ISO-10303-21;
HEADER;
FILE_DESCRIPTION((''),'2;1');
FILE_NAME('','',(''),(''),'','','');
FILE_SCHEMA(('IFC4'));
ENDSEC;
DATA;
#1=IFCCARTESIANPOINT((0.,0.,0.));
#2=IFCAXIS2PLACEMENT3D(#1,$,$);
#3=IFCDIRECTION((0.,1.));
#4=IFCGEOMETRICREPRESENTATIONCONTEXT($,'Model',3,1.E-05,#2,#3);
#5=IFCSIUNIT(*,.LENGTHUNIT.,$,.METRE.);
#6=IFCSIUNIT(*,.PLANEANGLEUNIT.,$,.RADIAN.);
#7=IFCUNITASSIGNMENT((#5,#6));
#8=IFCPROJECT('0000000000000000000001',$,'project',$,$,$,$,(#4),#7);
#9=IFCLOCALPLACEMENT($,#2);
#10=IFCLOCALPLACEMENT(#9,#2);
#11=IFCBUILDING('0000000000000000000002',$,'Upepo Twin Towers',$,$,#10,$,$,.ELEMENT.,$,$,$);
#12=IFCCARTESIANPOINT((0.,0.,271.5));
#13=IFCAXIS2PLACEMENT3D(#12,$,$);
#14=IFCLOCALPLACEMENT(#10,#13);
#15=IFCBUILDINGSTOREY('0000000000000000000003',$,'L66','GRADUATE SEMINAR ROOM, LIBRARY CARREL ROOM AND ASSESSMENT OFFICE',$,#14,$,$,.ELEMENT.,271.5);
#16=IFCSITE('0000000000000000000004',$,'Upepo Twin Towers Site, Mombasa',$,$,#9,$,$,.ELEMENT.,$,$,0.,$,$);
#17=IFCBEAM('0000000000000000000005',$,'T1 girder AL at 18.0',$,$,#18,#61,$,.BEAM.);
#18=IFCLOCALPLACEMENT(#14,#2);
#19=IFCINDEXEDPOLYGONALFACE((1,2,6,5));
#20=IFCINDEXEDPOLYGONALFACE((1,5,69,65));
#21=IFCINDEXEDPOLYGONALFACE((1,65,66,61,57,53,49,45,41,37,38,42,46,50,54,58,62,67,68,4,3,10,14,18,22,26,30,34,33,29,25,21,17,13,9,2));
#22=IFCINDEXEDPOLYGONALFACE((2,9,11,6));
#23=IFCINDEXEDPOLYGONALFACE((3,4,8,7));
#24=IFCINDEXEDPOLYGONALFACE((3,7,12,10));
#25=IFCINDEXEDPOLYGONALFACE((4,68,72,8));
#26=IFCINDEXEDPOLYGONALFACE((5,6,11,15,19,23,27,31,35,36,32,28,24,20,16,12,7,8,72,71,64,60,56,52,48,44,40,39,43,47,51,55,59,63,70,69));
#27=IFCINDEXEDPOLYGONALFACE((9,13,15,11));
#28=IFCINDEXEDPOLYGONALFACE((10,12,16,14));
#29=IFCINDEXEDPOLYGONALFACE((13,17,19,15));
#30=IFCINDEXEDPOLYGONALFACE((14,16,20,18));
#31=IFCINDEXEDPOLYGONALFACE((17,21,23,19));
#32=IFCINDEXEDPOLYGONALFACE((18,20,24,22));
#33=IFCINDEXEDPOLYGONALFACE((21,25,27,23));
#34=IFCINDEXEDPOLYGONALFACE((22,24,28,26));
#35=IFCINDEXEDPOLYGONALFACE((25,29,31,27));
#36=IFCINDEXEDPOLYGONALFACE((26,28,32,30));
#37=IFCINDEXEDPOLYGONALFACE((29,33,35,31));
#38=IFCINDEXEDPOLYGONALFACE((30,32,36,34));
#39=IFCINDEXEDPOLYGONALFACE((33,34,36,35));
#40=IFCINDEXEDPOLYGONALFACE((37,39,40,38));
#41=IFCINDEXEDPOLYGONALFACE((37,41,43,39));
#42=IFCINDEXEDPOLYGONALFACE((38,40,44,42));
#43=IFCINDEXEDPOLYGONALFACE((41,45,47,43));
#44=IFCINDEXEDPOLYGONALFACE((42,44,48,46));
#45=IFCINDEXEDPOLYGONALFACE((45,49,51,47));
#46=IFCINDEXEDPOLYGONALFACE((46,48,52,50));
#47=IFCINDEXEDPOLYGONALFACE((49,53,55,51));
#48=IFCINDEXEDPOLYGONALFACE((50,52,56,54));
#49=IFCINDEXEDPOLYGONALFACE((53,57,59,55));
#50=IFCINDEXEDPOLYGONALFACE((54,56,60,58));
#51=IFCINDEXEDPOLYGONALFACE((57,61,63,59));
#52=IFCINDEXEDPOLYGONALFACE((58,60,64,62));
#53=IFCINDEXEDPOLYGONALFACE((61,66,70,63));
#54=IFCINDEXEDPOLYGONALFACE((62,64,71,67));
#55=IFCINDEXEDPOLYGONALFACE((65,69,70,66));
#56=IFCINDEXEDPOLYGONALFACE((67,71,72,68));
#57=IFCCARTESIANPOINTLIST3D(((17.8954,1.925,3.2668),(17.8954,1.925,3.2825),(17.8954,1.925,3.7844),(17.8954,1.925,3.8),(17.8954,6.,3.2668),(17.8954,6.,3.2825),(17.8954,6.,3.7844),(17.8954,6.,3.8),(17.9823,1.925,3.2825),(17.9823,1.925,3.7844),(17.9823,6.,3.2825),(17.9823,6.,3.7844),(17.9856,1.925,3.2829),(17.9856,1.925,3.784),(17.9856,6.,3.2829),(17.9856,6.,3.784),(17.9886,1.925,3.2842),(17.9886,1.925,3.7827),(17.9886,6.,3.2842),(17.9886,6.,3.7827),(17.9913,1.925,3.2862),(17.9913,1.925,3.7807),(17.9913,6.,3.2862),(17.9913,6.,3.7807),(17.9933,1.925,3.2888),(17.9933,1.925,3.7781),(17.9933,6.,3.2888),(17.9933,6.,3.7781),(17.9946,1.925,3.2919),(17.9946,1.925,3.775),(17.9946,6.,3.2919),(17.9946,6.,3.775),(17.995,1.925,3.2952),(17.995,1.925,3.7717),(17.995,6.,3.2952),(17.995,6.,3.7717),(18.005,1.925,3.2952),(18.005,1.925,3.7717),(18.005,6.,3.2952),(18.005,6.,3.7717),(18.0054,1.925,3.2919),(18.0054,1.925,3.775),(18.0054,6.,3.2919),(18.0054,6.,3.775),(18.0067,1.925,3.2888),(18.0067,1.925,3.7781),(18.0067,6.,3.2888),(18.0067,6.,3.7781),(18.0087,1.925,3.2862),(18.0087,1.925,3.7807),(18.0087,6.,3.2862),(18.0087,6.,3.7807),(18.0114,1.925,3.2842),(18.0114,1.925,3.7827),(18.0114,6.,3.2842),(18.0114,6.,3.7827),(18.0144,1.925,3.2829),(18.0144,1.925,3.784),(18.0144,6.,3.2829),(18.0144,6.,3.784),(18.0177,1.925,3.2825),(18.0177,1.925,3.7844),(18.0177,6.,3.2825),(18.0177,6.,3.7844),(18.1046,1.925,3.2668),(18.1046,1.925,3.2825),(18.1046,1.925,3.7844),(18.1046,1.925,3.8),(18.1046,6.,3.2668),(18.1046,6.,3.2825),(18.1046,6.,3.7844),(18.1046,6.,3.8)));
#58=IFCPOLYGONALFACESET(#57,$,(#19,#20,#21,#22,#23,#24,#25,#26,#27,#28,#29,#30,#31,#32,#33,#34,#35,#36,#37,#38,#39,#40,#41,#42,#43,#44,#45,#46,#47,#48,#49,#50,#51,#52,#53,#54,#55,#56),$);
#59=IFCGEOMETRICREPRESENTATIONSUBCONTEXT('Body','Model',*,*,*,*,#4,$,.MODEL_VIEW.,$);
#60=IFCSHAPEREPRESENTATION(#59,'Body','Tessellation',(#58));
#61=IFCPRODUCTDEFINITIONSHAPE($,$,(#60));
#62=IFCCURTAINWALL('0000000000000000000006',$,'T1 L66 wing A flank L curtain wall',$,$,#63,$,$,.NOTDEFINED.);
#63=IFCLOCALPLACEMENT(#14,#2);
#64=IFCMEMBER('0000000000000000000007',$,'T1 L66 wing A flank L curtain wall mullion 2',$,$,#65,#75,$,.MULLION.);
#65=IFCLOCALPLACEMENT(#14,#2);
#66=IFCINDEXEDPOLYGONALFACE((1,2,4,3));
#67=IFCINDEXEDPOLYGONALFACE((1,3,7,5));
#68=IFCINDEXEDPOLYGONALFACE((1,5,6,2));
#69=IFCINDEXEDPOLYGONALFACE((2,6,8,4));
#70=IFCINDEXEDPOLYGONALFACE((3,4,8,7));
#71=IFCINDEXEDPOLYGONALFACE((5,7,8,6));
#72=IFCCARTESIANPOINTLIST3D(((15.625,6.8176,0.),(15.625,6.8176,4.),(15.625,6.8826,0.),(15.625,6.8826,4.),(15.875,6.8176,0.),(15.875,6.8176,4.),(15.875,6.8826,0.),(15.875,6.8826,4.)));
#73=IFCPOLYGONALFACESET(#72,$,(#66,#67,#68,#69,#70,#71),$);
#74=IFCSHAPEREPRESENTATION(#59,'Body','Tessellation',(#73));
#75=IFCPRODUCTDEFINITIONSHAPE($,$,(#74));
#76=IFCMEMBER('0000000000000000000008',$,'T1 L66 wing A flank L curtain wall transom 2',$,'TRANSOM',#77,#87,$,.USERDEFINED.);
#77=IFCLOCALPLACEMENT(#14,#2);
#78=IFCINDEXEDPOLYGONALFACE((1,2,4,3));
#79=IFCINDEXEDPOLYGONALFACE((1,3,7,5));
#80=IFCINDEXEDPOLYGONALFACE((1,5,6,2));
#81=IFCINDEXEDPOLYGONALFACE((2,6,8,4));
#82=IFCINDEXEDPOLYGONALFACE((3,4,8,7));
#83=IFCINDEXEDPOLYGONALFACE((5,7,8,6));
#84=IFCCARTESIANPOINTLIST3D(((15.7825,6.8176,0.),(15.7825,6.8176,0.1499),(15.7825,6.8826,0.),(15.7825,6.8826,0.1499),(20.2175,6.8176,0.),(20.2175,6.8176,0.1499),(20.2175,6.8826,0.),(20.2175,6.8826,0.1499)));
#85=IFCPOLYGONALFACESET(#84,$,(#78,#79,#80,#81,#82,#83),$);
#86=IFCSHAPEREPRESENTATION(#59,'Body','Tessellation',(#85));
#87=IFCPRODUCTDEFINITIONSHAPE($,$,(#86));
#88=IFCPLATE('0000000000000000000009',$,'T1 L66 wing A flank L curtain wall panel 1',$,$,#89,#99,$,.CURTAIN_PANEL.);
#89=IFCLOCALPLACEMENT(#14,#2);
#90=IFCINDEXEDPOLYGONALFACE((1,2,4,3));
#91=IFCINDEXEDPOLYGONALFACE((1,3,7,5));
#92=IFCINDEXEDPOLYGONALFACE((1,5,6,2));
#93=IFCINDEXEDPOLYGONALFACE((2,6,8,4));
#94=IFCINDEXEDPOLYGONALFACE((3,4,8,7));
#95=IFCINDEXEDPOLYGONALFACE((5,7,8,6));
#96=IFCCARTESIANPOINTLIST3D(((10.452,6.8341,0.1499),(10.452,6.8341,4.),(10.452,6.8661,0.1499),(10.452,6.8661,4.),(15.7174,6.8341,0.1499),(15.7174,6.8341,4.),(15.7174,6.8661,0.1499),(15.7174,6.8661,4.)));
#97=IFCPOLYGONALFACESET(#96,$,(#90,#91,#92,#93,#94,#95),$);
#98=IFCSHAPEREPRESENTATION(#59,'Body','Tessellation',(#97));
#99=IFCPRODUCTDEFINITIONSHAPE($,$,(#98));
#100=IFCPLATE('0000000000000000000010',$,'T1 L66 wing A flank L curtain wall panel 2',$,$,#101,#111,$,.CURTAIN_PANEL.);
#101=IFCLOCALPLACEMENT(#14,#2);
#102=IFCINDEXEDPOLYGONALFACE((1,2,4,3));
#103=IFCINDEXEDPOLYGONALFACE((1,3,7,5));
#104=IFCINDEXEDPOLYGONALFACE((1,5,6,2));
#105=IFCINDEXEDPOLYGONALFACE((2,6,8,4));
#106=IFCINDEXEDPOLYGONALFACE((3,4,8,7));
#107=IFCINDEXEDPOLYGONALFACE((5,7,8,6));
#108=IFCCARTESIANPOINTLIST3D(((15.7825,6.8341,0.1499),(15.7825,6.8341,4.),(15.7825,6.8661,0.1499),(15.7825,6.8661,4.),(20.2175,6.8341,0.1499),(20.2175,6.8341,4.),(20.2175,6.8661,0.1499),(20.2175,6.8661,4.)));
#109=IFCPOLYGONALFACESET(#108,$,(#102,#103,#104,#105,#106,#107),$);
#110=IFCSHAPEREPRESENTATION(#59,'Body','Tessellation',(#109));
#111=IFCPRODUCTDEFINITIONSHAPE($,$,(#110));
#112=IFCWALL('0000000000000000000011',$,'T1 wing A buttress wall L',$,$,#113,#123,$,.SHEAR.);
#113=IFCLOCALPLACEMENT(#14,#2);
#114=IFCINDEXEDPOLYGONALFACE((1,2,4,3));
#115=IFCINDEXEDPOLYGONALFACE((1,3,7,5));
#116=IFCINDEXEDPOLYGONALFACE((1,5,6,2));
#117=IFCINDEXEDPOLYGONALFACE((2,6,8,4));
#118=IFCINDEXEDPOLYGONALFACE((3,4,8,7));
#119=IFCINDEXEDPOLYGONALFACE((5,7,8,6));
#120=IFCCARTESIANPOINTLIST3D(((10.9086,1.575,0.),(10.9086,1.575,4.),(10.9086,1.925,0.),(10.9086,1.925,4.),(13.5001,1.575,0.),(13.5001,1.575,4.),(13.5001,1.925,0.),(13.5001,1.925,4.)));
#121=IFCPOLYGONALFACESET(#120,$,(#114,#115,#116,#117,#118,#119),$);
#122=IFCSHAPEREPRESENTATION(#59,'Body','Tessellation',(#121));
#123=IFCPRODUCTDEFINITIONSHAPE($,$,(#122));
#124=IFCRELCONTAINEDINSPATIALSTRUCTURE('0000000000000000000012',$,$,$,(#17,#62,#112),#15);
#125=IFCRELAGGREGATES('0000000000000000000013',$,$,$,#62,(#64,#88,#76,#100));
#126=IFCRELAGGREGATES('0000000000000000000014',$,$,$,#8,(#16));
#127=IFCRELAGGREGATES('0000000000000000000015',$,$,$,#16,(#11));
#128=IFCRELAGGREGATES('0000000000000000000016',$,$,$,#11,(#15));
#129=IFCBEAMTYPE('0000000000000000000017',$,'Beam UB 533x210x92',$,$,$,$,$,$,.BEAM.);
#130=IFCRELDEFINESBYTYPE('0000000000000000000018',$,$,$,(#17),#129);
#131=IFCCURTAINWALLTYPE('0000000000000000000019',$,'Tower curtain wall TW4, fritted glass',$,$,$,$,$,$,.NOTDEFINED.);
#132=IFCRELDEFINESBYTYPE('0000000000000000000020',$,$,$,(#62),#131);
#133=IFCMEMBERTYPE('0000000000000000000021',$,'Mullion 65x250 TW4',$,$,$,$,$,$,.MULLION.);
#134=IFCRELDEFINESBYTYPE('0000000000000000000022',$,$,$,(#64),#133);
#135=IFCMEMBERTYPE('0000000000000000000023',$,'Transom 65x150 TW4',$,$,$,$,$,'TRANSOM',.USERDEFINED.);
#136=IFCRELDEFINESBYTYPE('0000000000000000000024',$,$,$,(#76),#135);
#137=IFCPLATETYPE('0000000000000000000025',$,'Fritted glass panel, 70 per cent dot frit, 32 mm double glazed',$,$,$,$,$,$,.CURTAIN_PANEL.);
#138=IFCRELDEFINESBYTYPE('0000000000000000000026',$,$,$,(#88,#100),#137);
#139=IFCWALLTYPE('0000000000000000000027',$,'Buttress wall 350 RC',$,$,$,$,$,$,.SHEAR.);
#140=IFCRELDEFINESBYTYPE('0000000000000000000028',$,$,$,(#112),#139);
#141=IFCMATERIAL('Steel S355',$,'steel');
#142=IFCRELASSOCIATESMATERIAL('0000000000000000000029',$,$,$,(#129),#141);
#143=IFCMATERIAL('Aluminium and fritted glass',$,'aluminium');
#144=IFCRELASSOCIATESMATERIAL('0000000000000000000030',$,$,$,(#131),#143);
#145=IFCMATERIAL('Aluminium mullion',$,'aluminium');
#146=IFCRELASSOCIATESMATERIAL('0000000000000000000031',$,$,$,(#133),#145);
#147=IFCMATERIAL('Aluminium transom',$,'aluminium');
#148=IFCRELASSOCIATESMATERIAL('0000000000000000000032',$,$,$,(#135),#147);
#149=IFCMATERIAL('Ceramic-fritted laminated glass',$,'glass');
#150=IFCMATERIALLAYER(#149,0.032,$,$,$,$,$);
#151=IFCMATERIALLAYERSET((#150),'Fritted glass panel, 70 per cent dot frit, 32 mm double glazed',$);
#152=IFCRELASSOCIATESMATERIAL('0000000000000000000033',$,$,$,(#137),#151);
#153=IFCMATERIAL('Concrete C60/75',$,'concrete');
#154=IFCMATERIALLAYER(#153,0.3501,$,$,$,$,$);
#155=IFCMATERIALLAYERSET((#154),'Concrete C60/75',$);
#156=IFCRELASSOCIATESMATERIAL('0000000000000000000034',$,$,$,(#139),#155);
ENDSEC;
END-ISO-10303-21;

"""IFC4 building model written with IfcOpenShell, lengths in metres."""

from ifc_helpers import new_model, si_unit, direction, frame, frame_2d, origin, origin_2d, place, context, subcontext, project, spatial, rectangle, i_section, extrude, material, layer, layer_set, material_profile, profile_set, type_object, element, aggregate, save


model = new_model("IFC4")

# Units and contexts
model_context = context("Model", 3, precision=1e-05, world=origin(), true_north=direction((0.0, 1.0)))
body_context = subcontext(model_context, "Body", "Model", "MODEL_VIEW")
ifc_project = project(units=[si_unit("LENGTHUNIT", "METRE"), si_unit("PLANEANGLEUNIT", "RADIAN")], contexts=[model_context])

# Site, building, storey
site_placement = place(None, origin())
site = spatial("IfcSite", under=ifc_project, at=site_placement, Name="Upepo Twin Towers Site, Mombasa", CompositionType="ELEMENT", RefElevation=0.0)
building_placement = place(site_placement, origin())
building = spatial("IfcBuilding", under=site, at=building_placement, Name="Upepo Twin Towers", CompositionType="ELEMENT")
storey_placement = place(building_placement, frame((0.0, 0.0, 271.5)))
storey = spatial("IfcBuildingStorey", under=building, at=storey_placement, Name="L66", Description="GRADUATE SEMINAR ROOM, LIBRARY CARREL ROOM AND ASSESSMENT OFFICE", CompositionType="ELEMENT", Elevation=271.5)

# Beam
ifc_material_1 = material(Name="Steel S355", Category="steel")
ifc_material_profile_1 = material_profile(ifc_material_1, i_section(OverallWidth=0.2092, OverallDepth=0.5332, WebThickness=0.01, FlangeThickness=0.0156, FilletRadius=0.0127, at=origin_2d()), Name="UB 533x210x92")
ifc_profile_set_1 = profile_set([ifc_material_profile_1], Name="Steel S355")
beam_type_1 = type_object("IfcBeamType", Name="Beam UB 533x210x92", PredefinedType="BEAM", material=ifc_profile_set_1)
for number, where, z_axis, x_axis, name in (
    (1, (18.0, 6.0, 3.5334), (0.0, -1.0, 0.0), (1.0, 0.0, 0.0), "T1 girder AL at 18.0"),
):
    element("IfcBeam", number, at=place(storey_placement, frame(where, z_axis=z_axis, x_axis=x_axis)), inside=storey, type_object=beam_type_1, Name=name, PredefinedType="BEAM", context=body_context, shape_type="SweptSolid", body=[
        extrude(i_section(OverallWidth=0.2092, OverallDepth=0.5332, WebThickness=0.01, FlangeThickness=0.0156, FilletRadius=0.0127, at=origin_2d()), origin(), (0.0, 0.0, 1.0), 4.075),
    ])

# Curtain wall, members, plates
ifc_material_2 = material(Name="Aluminium and fritted glass", Category="aluminium")
curtain_wall_type = type_object("IfcCurtainWallType", Name="Tower curtain wall TW4, fritted glass", PredefinedType="NOTDEFINED", material=ifc_material_2)
curtain_wall_placement = place(storey_placement, origin())
curtain_wall = element("IfcCurtainWall", 2, at=curtain_wall_placement, inside=storey, type_object=curtain_wall_type, Name="T1 L66 wing A flank L curtain wall", PredefinedType="NOTDEFINED")
ifc_material_3 = material(Name="Aluminium mullion", Category="aluminium")
ifc_material_profile_2 = material_profile(ifc_material_3, rectangle(XDim=0.0649, YDim=0.25, at=origin_2d()), Name="MULLION 65x250")
ifc_profile_set_2 = profile_set([ifc_material_profile_2], Name="Aluminium mullion")
member_type_1 = type_object("IfcMemberType", Name="Mullion 65x250 TW4", PredefinedType="MULLION", material=ifc_profile_set_2)
member_1_placement = place(storey_placement, frame((15.75, 6.8501, 0.0), z_axis=(0.0, 0.0, 1.0), x_axis=(0.0, 1.0, 0.0)))
member_1 = element("IfcMember", 3, at=member_1_placement, type_object=member_type_1, Name="T1 L66 wing A flank L curtain wall mullion 2", PredefinedType="MULLION", context=body_context, shape_type="SweptSolid", body=[
    extrude(rectangle(XDim=0.0649, YDim=0.25, at=origin_2d()), origin(), (0.0, 0.0, 1.0), 4.0),
])
ifc_material_4 = material(Name="Aluminium transom", Category="aluminium")
ifc_material_profile_3 = material_profile(ifc_material_4, rectangle(XDim=0.0649, YDim=0.1499, at=origin_2d()), Name="TRANSOM 65x150")
ifc_profile_set_3 = profile_set([ifc_material_profile_3], Name="Aluminium transom")
member_type_2 = type_object("IfcMemberType", Name="Transom 65x150 TW4", ElementType="TRANSOM", PredefinedType="USERDEFINED", material=ifc_profile_set_3)
member_2_placement = place(storey_placement, frame((15.7825, 6.8501, 0.075), z_axis=(1.0, 0.0, 0.0), x_axis=(0.0, 1.0, 0.0)))
member_2 = element("IfcMember", 4, at=member_2_placement, type_object=member_type_2, Name="T1 L66 wing A flank L curtain wall transom 2", ObjectType="TRANSOM", PredefinedType="USERDEFINED", context=body_context, shape_type="SweptSolid", body=[
    extrude(rectangle(XDim=0.0649, YDim=0.1499, at=origin_2d()), origin(), (0.0, 0.0, 1.0), 4.4351),
])
ifc_material_5 = material(Name="Ceramic-fritted laminated glass", Category="glass")
ifc_layer_1 = layer(ifc_material_5, 0.032)
ifc_layer_set_1 = layer_set([ifc_layer_1], Name="Fritted glass panel, 70 per cent dot frit, 32 mm double glazed")
plate_type = type_object("IfcPlateType", Name="Fritted glass panel, 70 per cent dot frit, 32 mm double glazed", PredefinedType="CURTAIN_PANEL", material=ifc_layer_set_1)
plate_1_placement = place(storey_placement, frame((13.0847, 6.8501, 0.1499), z_axis=(0.0, 0.0, 1.0), x_axis=(1.0, 0.0, 0.0)))
plate_1 = element("IfcPlate", 5, at=plate_1_placement, type_object=plate_type, Name="T1 L66 wing A flank L curtain wall panel 1", PredefinedType="CURTAIN_PANEL", context=body_context, shape_type="SweptSolid", body=[
    extrude(rectangle(XDim=5.2654, YDim=0.032, at=origin_2d()), origin(), (0.0, 0.0, 1.0), 3.8501),
])
plate_2_placement = place(storey_placement, frame((18.0, 6.8501, 0.1499), z_axis=(0.0, 0.0, 1.0), x_axis=(1.0, 0.0, 0.0)))
plate_2 = element("IfcPlate", 6, at=plate_2_placement, type_object=plate_type, Name="T1 L66 wing A flank L curtain wall panel 2", PredefinedType="CURTAIN_PANEL", context=body_context, shape_type="SweptSolid", body=[
    extrude(rectangle(XDim=4.4351, YDim=0.032, at=origin_2d()), origin(), (0.0, 0.0, 1.0), 3.8501),
])
aggregate(curtain_wall, [member_1, plate_1, member_2, plate_2])

# Wall
ifc_material_6 = material(Name="Concrete C60/75", Category="concrete")
ifc_layer_2 = layer(ifc_material_6, 0.3501)
ifc_layer_set_2 = layer_set([ifc_layer_2], Name="Concrete C60/75")
wall_type_1 = type_object("IfcWallType", Name="Buttress wall 350 RC", PredefinedType="SHEAR", material=ifc_layer_set_2)
wall_1_placement = place(storey_placement, frame((10.9084, 1.75, 0.0), z_axis=(0.0, 0.0, 1.0), x_axis=(1.0, 0.0, 0.0)))
element("IfcWall", 7, at=wall_1_placement, inside=storey, type_object=wall_type_1, Name="T1 wing A buttress wall L", PredefinedType="SHEAR", context=body_context, shape_type="SweptSolid", body=[
    extrude(rectangle(XDim=2.5916, YDim=0.3501, at=frame_2d((1.2959, 0.0))), origin(), (0.0, 0.0, 1.0), 4.0),
])

save(model, "model.ifc")
